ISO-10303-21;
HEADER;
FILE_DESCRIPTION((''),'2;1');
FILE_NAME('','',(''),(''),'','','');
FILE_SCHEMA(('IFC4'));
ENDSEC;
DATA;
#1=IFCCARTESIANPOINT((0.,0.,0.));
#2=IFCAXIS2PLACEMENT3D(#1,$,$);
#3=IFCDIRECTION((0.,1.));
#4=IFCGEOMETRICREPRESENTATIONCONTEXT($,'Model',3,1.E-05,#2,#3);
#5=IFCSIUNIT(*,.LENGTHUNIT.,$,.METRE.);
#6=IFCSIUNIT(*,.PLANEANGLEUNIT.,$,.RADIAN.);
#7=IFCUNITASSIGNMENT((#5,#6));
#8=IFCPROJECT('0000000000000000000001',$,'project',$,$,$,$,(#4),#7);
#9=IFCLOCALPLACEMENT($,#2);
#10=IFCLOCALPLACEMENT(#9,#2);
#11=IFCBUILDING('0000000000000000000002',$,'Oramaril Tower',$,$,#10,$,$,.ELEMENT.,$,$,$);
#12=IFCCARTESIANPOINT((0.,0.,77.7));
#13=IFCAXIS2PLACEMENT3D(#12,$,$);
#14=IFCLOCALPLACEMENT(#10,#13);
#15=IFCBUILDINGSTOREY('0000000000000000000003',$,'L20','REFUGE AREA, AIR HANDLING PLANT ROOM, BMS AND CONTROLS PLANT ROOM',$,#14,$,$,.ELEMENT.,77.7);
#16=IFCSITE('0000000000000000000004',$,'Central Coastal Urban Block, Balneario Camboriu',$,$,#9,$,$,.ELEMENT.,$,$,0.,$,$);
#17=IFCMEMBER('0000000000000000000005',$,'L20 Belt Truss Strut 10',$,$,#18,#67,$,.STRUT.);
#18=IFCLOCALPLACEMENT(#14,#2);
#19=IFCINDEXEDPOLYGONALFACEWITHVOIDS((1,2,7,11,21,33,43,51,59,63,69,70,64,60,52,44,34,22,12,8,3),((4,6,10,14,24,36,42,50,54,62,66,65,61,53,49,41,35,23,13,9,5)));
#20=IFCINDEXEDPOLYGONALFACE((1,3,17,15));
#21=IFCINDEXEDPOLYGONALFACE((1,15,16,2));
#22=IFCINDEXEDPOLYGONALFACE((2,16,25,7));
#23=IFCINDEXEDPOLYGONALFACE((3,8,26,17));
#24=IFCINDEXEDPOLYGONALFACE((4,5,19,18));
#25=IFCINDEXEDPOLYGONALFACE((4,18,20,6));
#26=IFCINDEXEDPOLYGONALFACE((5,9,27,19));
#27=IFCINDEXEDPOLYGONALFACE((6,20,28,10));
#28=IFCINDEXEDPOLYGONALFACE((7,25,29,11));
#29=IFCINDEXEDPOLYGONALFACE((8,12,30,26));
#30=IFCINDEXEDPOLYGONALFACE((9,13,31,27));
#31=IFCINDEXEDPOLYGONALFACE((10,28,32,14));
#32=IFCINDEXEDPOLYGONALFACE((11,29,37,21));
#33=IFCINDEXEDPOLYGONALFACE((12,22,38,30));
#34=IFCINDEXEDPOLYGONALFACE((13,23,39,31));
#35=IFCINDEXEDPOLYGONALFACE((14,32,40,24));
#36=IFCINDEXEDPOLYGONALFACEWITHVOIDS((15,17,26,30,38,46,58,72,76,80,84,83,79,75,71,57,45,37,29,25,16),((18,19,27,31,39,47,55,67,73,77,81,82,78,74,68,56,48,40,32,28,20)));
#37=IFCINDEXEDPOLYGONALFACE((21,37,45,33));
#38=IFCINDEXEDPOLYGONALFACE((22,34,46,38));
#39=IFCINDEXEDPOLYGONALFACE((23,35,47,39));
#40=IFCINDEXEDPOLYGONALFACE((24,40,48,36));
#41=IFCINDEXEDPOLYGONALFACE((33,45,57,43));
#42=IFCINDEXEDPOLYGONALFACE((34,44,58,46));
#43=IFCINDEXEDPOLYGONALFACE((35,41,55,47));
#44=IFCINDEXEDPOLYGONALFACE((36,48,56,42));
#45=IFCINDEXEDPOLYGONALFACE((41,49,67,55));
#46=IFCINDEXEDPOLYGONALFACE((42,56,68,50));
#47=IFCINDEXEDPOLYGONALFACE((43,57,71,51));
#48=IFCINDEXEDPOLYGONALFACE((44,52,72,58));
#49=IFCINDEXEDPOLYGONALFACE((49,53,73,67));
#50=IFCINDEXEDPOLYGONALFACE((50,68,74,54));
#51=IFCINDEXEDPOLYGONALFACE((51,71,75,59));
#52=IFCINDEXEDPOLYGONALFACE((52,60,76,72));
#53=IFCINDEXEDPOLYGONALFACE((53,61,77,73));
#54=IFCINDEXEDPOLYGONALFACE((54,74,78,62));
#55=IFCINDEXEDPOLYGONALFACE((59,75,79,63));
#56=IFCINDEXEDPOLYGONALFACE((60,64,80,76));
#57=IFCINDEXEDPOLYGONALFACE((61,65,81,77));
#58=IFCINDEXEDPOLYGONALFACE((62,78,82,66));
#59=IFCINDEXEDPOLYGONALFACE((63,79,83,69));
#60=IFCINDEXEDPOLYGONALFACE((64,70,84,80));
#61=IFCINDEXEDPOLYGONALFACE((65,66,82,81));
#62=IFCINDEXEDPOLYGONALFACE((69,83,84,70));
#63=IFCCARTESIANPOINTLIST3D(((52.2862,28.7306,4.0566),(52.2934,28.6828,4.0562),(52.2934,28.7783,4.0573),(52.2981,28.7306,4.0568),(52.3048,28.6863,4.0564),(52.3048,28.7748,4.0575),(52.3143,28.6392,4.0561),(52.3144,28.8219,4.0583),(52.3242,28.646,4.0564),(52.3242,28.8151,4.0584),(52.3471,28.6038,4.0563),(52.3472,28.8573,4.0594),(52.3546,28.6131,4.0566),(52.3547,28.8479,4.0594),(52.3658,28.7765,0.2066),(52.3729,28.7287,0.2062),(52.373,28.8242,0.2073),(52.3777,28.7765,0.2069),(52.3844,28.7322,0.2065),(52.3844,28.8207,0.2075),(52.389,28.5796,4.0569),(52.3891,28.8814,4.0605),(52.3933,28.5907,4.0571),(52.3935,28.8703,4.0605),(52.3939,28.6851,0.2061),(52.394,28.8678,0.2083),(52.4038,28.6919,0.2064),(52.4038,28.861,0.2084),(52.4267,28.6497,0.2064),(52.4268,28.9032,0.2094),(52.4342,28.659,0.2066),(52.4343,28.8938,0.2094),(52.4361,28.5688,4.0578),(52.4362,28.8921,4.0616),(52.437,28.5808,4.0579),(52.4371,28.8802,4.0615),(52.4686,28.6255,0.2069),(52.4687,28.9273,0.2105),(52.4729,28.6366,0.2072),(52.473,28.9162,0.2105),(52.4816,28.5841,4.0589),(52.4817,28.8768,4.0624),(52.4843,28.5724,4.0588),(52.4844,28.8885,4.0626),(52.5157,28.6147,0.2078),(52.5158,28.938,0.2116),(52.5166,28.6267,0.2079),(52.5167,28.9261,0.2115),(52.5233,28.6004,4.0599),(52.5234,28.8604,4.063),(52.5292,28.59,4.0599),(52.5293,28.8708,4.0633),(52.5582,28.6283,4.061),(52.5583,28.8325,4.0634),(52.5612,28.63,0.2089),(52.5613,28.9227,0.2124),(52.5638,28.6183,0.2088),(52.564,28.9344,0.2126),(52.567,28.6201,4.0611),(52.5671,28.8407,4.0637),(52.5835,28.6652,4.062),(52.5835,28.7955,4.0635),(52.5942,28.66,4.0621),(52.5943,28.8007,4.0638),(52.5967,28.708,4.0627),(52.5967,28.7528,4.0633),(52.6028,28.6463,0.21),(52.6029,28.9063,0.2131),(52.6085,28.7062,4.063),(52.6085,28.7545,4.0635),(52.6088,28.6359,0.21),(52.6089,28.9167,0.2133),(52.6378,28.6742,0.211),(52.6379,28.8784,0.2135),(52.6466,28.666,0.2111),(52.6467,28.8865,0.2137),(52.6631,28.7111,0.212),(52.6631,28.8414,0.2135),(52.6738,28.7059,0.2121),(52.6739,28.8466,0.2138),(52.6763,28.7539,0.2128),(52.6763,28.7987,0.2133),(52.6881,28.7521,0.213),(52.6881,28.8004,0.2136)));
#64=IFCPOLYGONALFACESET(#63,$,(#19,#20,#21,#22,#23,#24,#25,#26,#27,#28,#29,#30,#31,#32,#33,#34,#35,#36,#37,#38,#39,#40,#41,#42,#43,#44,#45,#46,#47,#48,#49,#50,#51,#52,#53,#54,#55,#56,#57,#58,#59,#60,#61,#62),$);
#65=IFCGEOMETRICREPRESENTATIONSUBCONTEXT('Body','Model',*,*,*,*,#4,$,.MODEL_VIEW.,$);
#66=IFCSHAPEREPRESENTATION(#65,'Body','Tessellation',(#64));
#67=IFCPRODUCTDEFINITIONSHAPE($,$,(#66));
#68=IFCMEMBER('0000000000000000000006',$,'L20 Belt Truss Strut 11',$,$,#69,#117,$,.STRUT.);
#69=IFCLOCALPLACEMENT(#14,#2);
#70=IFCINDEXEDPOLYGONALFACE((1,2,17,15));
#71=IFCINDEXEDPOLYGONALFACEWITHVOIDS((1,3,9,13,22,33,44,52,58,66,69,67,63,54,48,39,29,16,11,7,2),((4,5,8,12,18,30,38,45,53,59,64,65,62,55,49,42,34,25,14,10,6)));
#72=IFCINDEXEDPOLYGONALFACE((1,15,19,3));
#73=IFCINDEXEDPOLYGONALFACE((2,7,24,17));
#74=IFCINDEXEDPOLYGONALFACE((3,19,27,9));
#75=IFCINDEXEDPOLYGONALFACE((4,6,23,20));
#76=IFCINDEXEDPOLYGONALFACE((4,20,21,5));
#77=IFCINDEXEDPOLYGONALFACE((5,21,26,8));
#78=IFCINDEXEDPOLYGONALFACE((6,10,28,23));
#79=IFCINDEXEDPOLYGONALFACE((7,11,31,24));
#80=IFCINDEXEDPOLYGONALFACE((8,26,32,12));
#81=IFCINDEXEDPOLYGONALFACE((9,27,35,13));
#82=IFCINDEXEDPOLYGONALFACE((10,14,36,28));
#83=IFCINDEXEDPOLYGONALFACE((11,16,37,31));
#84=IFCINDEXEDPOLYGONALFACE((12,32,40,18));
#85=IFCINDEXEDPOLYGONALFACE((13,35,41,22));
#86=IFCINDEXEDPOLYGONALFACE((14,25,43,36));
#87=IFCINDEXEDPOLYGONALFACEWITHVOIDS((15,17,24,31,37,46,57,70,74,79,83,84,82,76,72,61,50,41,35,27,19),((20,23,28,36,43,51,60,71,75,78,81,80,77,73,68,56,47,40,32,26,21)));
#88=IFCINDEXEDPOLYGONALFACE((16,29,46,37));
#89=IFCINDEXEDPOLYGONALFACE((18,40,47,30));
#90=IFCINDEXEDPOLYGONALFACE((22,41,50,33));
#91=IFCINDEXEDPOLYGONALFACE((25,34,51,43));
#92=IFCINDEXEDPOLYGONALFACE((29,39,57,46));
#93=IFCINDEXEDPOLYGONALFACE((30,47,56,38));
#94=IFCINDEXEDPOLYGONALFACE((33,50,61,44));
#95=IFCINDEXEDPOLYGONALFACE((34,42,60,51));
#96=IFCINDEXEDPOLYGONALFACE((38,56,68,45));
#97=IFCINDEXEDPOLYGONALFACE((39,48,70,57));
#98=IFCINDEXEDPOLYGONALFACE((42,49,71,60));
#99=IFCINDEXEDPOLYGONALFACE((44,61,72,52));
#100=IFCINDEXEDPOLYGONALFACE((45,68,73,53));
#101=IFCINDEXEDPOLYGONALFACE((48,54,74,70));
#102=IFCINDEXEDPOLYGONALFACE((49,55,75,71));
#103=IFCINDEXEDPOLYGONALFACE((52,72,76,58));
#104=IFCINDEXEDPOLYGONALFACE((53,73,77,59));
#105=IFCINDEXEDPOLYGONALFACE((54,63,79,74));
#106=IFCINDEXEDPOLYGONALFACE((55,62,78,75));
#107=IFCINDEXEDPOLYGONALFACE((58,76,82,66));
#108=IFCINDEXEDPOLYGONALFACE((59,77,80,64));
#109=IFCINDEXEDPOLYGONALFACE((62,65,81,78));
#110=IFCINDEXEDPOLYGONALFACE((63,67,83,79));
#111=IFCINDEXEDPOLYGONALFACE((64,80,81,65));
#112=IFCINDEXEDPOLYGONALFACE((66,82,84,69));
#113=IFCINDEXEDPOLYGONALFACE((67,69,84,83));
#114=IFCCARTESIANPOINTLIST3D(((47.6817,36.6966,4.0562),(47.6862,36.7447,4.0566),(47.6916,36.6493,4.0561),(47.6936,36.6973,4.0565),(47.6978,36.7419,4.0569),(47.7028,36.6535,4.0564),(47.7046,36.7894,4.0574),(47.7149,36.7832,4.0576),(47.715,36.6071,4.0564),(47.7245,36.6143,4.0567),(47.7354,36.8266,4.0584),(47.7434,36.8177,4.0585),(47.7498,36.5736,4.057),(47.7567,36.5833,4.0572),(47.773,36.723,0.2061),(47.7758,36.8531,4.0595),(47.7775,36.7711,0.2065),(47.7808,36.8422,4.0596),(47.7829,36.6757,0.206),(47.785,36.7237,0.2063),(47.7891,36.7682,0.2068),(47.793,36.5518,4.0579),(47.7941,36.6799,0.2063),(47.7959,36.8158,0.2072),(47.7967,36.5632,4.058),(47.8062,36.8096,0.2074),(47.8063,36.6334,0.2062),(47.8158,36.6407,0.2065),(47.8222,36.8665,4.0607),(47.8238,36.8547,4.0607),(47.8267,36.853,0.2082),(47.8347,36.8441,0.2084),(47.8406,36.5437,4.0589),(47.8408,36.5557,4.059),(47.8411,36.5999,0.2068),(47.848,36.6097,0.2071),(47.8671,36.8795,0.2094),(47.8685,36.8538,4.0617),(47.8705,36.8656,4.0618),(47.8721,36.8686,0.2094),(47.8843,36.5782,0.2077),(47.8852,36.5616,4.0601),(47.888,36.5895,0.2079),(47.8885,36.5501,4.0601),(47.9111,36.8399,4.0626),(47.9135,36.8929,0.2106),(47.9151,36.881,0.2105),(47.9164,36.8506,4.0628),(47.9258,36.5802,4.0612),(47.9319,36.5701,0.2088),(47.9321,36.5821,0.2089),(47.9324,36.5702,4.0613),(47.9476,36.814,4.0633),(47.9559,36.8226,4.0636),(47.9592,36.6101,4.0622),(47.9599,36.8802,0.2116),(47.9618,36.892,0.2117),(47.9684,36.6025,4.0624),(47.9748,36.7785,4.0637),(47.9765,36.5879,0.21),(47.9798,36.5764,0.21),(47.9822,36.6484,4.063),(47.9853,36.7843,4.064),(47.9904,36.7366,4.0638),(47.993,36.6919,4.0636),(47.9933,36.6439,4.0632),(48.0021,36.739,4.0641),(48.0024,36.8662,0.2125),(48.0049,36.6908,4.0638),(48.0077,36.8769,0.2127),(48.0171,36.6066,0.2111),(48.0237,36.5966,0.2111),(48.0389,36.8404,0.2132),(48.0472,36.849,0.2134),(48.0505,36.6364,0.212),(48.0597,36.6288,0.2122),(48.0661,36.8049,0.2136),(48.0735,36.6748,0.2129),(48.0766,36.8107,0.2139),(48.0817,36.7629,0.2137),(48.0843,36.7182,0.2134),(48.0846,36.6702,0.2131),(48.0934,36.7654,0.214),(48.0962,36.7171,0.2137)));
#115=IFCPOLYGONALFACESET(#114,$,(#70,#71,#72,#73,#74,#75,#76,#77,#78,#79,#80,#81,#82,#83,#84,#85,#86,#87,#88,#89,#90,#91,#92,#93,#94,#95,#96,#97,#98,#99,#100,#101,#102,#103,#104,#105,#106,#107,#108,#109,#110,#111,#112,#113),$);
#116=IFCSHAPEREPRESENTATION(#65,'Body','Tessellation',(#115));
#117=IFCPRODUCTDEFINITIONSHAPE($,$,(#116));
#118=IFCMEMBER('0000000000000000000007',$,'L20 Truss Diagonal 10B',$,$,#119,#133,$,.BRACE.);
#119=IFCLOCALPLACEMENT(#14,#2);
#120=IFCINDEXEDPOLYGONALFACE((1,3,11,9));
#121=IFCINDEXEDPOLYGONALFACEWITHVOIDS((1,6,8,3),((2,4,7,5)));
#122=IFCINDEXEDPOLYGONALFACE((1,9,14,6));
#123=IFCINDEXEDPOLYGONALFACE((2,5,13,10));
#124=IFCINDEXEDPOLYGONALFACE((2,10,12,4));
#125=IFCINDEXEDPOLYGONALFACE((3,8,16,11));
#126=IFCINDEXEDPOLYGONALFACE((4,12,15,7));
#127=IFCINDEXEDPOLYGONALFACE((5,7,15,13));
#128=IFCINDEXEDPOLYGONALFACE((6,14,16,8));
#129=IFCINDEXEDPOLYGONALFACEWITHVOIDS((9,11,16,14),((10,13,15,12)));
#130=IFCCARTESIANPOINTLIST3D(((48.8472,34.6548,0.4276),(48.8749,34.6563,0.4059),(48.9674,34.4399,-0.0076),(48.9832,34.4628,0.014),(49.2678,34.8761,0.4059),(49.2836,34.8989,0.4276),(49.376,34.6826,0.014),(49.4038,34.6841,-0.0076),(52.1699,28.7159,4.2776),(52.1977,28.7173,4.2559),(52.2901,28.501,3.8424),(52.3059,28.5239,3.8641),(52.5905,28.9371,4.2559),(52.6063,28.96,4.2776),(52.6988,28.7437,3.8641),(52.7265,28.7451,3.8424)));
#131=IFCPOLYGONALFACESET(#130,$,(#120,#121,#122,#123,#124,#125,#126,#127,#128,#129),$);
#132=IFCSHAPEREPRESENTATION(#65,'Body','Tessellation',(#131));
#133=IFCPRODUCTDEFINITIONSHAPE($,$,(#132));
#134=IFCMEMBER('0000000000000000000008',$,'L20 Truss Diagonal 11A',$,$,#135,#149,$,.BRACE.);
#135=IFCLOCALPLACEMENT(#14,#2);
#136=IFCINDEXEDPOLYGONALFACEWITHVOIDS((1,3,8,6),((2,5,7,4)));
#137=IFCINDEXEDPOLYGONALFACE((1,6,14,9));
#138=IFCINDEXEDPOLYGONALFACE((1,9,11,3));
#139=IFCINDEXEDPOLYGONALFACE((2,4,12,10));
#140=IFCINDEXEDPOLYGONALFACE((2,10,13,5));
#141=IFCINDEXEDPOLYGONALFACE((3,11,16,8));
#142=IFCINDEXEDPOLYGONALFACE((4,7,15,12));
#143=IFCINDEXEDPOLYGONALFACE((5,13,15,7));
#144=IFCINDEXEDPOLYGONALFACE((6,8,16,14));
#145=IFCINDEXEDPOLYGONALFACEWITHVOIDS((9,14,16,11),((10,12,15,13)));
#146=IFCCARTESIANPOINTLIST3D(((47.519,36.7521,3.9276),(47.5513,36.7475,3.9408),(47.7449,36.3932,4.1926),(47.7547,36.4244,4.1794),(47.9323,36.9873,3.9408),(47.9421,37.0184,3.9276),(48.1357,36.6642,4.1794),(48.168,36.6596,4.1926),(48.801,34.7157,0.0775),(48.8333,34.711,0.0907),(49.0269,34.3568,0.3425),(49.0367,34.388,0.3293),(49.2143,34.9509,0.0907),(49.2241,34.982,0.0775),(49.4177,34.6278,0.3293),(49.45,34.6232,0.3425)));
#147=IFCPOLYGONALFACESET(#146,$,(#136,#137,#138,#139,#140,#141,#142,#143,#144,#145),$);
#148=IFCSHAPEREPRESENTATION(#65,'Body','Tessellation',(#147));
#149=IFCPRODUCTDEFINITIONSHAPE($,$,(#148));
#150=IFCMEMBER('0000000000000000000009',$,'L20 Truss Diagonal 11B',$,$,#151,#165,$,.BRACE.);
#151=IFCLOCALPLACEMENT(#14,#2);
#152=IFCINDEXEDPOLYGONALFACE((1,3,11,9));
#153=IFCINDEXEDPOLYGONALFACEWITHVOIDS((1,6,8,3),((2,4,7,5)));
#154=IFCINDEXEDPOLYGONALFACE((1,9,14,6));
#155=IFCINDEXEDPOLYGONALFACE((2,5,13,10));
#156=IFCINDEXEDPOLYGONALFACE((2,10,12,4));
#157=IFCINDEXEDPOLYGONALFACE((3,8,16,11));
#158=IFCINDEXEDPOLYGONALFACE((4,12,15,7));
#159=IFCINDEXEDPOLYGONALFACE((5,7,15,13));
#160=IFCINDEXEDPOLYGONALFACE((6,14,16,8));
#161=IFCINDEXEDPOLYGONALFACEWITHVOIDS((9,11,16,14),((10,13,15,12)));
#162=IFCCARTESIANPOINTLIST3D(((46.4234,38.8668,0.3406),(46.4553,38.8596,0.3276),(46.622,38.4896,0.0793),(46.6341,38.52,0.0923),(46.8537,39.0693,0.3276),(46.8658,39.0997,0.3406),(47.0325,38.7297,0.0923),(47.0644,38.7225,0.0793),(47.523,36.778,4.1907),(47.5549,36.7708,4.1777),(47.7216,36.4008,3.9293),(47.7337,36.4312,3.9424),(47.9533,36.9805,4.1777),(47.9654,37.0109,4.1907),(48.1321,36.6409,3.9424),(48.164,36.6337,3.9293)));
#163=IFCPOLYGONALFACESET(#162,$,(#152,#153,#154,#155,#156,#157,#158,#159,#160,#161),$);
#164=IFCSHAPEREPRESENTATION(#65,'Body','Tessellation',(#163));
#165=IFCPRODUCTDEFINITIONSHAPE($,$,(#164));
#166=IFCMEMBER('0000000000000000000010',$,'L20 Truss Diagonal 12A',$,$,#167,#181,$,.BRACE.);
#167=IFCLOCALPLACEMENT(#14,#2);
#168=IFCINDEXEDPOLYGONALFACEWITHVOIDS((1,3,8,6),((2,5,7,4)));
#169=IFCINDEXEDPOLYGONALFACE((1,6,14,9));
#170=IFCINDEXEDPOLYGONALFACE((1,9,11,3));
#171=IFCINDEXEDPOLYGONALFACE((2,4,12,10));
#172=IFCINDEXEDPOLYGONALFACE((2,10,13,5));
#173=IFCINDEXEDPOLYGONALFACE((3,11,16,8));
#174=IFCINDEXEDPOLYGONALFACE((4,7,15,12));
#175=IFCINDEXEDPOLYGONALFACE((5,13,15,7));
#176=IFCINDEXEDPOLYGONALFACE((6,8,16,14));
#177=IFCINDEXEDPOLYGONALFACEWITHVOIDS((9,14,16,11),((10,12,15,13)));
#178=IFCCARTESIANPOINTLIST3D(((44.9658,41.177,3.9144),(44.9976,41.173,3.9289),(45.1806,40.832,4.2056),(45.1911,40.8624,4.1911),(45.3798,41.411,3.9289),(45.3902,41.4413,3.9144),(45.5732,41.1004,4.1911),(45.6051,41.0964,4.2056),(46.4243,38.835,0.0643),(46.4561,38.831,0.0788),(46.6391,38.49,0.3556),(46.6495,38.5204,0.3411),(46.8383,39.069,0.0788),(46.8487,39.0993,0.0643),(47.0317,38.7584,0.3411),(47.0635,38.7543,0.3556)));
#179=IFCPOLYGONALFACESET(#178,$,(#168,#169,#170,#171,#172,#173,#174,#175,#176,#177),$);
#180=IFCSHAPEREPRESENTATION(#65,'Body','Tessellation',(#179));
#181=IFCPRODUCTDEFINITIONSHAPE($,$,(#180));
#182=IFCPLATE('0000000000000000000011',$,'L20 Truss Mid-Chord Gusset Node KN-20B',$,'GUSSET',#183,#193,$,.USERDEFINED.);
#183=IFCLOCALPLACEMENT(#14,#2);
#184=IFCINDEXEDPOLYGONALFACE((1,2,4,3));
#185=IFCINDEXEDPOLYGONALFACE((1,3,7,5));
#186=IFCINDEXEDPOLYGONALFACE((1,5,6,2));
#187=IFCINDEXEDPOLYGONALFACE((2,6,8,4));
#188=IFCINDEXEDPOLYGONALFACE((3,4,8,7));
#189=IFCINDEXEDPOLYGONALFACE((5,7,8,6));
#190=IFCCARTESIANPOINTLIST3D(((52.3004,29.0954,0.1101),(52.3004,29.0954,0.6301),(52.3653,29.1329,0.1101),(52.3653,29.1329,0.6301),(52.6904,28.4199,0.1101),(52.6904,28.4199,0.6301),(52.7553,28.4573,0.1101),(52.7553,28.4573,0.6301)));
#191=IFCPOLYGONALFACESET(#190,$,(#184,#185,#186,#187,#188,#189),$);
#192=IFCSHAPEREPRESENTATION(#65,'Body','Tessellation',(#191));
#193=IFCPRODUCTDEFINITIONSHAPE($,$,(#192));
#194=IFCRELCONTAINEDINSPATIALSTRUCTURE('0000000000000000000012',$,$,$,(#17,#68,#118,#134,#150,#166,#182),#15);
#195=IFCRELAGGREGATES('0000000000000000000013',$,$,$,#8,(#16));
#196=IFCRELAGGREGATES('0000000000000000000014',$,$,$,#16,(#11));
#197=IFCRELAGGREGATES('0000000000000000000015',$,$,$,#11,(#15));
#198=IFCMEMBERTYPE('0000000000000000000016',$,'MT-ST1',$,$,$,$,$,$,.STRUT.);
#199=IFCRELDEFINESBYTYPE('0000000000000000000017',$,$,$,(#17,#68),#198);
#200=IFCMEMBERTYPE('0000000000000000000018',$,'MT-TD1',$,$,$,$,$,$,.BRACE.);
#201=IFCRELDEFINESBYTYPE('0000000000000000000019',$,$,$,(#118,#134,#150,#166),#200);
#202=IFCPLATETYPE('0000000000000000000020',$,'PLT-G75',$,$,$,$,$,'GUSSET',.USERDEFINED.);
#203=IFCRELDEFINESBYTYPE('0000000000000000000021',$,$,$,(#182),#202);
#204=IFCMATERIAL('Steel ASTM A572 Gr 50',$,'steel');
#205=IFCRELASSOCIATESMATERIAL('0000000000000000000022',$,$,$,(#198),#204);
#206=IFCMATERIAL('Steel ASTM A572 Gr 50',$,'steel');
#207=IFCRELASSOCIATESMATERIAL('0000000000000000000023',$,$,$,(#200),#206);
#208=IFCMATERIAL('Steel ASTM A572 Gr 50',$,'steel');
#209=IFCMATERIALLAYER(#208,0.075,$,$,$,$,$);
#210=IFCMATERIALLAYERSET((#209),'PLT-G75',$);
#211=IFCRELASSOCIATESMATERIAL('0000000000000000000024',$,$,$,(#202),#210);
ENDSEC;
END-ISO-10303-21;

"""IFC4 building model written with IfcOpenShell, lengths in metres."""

from ifc_helpers import new_model, si_unit, direction, frame, origin, origin_2d, place, context, subcontext, project, spatial, rectangle, hollow_rectangle, hollow_circle, extrude, material, layer, layer_set, material_profile, profile_set, type_object, element, save


model = new_model("IFC4")

# Units and contexts
model_context = context("Model", 3, precision=1e-05, world=origin(), true_north=direction((0.0, 1.0)))
body_context = subcontext(model_context, "Body", "Model", "MODEL_VIEW")
ifc_project = project(units=[si_unit("LENGTHUNIT", "METRE"), si_unit("PLANEANGLEUNIT", "RADIAN")], contexts=[model_context])

# Site, building, storey
site_placement = place(None, origin())
site = spatial("IfcSite", under=ifc_project, at=site_placement, Name="Central Coastal Urban Block, Balneario Camboriu", CompositionType="ELEMENT", RefElevation=0.0)
building_placement = place(site_placement, origin())
building = spatial("IfcBuilding", under=site, at=building_placement, Name="Oramaril Tower", CompositionType="ELEMENT")
storey_placement = place(building_placement, frame((0.0, 0.0, 77.7)))
storey = spatial("IfcBuildingStorey", under=building, at=storey_placement, Name="L20", Description="REFUGE AREA, AIR HANDLING PLANT ROOM, BMS AND CONTROLS PLANT ROOM", CompositionType="ELEMENT", Elevation=77.7)

# Members
ifc_material_1 = material(Name="Steel ASTM A572 Gr 50", Category="steel")
ifc_material_profile_1 = material_profile(ifc_material_1, hollow_circle(Radius=0.1621, WallThickness=0.012, at=origin_2d()), Name="CHS324X12")
ifc_profile_set_1 = profile_set([ifc_material_profile_1], Name="Steel ASTM A572 Gr 50")
member_type_1 = type_object("IfcMemberType", Name="MT-ST1", PredefinedType="STRUT", material=ifc_profile_set_1)
member_1_placement = place(storey_placement, frame((52.5278, 28.7764, 0.21), z_axis=(-0.020666, -0.011918, 0.999715), x_axis=(0.499569, -0.866274, 0.0)))
element("IfcMember", 1, at=member_1_placement, inside=storey, type_object=member_type_1, Name="L20 Belt Truss Strut 10", PredefinedType="STRUT", context=body_context, shape_type="SweptSolid", body=[
    extrude(hollow_circle(Radius=0.1621, WallThickness=0.012, at=origin_2d()), origin(), (0.0, 0.0, 1.0), 3.8511),
])
member_2_placement = place(storey_placement, frame((47.9348, 36.7322, 0.21), z_axis=(-0.023709, -0.006846, 0.999695), x_axis=(0.277434, -0.960745, 0.0)))
element("IfcMember", 2, at=member_2_placement, inside=storey, type_object=member_type_1, Name="L20 Belt Truss Strut 11", PredefinedType="STRUT", context=body_context, shape_type="SweptSolid", body=[
    extrude(hollow_circle(Radius=0.1621, WallThickness=0.012, at=origin_2d()), origin(), (0.0, 0.0, 1.0), 3.8513),
])
ifc_material_2 = material(Name="Steel ASTM A572 Gr 50", Category="steel")
ifc_material_profile_2 = material_profile(ifc_material_2, hollow_rectangle(XDim=0.5, YDim=0.5, WallThickness=0.0249, at=origin_2d()), Name="HSS500X500X25")
ifc_profile_set_2 = profile_set([ifc_material_profile_2], Name="Steel ASTM A572 Gr 50")
member_type_2 = type_object("IfcMemberType", Name="MT-TD1", PredefinedType="BRACE", material=ifc_profile_set_2)
member_3_placement = place(storey_placement, frame((49.1255, 34.6694, 0.21), z_axis=(0.424964, -0.759565, 0.492409), x_axis=(0.872698, 0.48826, 0.0)))
element("IfcMember", 3, at=member_3_placement, inside=storey, type_object=member_type_2, Name="L20 Truss Diagonal 10B", PredefinedType="BRACE", context=body_context, shape_type="SweptSolid", body=[
    extrude(hollow_rectangle(XDim=0.5, YDim=0.5, WallThickness=0.0249, at=origin_2d()), origin(), (0.0, 0.0, 1.0), 7.8188),
])
member_4_placement = place(storey_placement, frame((49.1255, 34.6694, 0.21), z_axis=(-0.282362, 0.44852, 0.847999), x_axis=(-0.846267, -0.532759, 0.0)))
element("IfcMember", 4, at=member_4_placement, inside=storey, type_object=member_type_2, Name="L20 Truss Diagonal 11A", PredefinedType="BRACE", context=body_context, shape_type="SweptSolid", body=[
    extrude(hollow_rectangle(XDim=0.5, YDim=0.5, WallThickness=0.0249, at=origin_2d()), origin(), (0.0, 0.0, 1.0), 4.5403),
])
member_5_placement = place(storey_placement, frame((46.7439, 38.7947, 0.21), z_axis=(0.243483, -0.462531, 0.852515), x_axis=(0.884882, 0.465815, 0.0)))
element("IfcMember", 5, at=member_5_placement, inside=storey, type_object=member_type_2, Name="L20 Truss Diagonal 11B", PredefinedType="BRACE", context=body_context, shape_type="SweptSolid", body=[
    extrude(hollow_rectangle(XDim=0.5, YDim=0.5, WallThickness=0.0249, at=origin_2d()), origin(), (0.0, 0.0, 1.0), 4.5161),
])
member_6_placement = place(storey_placement, frame((46.7439, 38.7947, 0.21), z_axis=(-0.307919, 0.494454, 0.812836), x_axis=(-0.848857, -0.528622, 0.0)))
element("IfcMember", 6, at=member_6_placement, inside=storey, type_object=member_type_2, Name="L20 Truss Diagonal 12A", PredefinedType="BRACE", context=body_context, shape_type="SweptSolid", body=[
    extrude(hollow_rectangle(XDim=0.5, YDim=0.5, WallThickness=0.0249, at=origin_2d()), origin(), (0.0, 0.0, 1.0), 4.7366),
])

# Plate
ifc_material_3 = material(Name="Steel ASTM A572 Gr 50", Category="steel")
ifc_layer_1 = layer(ifc_material_3, 0.075)
ifc_layer_set_1 = layer_set([ifc_layer_1], Name="PLT-G75")
plate_type = type_object("IfcPlateType", Name="PLT-G75", ElementType="GUSSET", PredefinedType="USERDEFINED", material=ifc_layer_set_1)
plate_1_placement = place(storey_placement, frame((52.5278, 28.7764, 0.1101), z_axis=(0.0, 0.0, 1.0), x_axis=(-0.500002, 0.866025, 0.0)))
element("IfcPlate", 7, at=plate_1_placement, inside=storey, type_object=plate_type, Name="L20 Truss Mid-Chord Gusset Node KN-20B", ObjectType="GUSSET", PredefinedType="USERDEFINED", context=body_context, shape_type="SweptSolid", body=[
    extrude(rectangle(XDim=0.78, YDim=0.075, at=origin_2d()), origin(), (0.0, 0.0, 1.0), 0.52),
])

save(model, "model.ifc")
